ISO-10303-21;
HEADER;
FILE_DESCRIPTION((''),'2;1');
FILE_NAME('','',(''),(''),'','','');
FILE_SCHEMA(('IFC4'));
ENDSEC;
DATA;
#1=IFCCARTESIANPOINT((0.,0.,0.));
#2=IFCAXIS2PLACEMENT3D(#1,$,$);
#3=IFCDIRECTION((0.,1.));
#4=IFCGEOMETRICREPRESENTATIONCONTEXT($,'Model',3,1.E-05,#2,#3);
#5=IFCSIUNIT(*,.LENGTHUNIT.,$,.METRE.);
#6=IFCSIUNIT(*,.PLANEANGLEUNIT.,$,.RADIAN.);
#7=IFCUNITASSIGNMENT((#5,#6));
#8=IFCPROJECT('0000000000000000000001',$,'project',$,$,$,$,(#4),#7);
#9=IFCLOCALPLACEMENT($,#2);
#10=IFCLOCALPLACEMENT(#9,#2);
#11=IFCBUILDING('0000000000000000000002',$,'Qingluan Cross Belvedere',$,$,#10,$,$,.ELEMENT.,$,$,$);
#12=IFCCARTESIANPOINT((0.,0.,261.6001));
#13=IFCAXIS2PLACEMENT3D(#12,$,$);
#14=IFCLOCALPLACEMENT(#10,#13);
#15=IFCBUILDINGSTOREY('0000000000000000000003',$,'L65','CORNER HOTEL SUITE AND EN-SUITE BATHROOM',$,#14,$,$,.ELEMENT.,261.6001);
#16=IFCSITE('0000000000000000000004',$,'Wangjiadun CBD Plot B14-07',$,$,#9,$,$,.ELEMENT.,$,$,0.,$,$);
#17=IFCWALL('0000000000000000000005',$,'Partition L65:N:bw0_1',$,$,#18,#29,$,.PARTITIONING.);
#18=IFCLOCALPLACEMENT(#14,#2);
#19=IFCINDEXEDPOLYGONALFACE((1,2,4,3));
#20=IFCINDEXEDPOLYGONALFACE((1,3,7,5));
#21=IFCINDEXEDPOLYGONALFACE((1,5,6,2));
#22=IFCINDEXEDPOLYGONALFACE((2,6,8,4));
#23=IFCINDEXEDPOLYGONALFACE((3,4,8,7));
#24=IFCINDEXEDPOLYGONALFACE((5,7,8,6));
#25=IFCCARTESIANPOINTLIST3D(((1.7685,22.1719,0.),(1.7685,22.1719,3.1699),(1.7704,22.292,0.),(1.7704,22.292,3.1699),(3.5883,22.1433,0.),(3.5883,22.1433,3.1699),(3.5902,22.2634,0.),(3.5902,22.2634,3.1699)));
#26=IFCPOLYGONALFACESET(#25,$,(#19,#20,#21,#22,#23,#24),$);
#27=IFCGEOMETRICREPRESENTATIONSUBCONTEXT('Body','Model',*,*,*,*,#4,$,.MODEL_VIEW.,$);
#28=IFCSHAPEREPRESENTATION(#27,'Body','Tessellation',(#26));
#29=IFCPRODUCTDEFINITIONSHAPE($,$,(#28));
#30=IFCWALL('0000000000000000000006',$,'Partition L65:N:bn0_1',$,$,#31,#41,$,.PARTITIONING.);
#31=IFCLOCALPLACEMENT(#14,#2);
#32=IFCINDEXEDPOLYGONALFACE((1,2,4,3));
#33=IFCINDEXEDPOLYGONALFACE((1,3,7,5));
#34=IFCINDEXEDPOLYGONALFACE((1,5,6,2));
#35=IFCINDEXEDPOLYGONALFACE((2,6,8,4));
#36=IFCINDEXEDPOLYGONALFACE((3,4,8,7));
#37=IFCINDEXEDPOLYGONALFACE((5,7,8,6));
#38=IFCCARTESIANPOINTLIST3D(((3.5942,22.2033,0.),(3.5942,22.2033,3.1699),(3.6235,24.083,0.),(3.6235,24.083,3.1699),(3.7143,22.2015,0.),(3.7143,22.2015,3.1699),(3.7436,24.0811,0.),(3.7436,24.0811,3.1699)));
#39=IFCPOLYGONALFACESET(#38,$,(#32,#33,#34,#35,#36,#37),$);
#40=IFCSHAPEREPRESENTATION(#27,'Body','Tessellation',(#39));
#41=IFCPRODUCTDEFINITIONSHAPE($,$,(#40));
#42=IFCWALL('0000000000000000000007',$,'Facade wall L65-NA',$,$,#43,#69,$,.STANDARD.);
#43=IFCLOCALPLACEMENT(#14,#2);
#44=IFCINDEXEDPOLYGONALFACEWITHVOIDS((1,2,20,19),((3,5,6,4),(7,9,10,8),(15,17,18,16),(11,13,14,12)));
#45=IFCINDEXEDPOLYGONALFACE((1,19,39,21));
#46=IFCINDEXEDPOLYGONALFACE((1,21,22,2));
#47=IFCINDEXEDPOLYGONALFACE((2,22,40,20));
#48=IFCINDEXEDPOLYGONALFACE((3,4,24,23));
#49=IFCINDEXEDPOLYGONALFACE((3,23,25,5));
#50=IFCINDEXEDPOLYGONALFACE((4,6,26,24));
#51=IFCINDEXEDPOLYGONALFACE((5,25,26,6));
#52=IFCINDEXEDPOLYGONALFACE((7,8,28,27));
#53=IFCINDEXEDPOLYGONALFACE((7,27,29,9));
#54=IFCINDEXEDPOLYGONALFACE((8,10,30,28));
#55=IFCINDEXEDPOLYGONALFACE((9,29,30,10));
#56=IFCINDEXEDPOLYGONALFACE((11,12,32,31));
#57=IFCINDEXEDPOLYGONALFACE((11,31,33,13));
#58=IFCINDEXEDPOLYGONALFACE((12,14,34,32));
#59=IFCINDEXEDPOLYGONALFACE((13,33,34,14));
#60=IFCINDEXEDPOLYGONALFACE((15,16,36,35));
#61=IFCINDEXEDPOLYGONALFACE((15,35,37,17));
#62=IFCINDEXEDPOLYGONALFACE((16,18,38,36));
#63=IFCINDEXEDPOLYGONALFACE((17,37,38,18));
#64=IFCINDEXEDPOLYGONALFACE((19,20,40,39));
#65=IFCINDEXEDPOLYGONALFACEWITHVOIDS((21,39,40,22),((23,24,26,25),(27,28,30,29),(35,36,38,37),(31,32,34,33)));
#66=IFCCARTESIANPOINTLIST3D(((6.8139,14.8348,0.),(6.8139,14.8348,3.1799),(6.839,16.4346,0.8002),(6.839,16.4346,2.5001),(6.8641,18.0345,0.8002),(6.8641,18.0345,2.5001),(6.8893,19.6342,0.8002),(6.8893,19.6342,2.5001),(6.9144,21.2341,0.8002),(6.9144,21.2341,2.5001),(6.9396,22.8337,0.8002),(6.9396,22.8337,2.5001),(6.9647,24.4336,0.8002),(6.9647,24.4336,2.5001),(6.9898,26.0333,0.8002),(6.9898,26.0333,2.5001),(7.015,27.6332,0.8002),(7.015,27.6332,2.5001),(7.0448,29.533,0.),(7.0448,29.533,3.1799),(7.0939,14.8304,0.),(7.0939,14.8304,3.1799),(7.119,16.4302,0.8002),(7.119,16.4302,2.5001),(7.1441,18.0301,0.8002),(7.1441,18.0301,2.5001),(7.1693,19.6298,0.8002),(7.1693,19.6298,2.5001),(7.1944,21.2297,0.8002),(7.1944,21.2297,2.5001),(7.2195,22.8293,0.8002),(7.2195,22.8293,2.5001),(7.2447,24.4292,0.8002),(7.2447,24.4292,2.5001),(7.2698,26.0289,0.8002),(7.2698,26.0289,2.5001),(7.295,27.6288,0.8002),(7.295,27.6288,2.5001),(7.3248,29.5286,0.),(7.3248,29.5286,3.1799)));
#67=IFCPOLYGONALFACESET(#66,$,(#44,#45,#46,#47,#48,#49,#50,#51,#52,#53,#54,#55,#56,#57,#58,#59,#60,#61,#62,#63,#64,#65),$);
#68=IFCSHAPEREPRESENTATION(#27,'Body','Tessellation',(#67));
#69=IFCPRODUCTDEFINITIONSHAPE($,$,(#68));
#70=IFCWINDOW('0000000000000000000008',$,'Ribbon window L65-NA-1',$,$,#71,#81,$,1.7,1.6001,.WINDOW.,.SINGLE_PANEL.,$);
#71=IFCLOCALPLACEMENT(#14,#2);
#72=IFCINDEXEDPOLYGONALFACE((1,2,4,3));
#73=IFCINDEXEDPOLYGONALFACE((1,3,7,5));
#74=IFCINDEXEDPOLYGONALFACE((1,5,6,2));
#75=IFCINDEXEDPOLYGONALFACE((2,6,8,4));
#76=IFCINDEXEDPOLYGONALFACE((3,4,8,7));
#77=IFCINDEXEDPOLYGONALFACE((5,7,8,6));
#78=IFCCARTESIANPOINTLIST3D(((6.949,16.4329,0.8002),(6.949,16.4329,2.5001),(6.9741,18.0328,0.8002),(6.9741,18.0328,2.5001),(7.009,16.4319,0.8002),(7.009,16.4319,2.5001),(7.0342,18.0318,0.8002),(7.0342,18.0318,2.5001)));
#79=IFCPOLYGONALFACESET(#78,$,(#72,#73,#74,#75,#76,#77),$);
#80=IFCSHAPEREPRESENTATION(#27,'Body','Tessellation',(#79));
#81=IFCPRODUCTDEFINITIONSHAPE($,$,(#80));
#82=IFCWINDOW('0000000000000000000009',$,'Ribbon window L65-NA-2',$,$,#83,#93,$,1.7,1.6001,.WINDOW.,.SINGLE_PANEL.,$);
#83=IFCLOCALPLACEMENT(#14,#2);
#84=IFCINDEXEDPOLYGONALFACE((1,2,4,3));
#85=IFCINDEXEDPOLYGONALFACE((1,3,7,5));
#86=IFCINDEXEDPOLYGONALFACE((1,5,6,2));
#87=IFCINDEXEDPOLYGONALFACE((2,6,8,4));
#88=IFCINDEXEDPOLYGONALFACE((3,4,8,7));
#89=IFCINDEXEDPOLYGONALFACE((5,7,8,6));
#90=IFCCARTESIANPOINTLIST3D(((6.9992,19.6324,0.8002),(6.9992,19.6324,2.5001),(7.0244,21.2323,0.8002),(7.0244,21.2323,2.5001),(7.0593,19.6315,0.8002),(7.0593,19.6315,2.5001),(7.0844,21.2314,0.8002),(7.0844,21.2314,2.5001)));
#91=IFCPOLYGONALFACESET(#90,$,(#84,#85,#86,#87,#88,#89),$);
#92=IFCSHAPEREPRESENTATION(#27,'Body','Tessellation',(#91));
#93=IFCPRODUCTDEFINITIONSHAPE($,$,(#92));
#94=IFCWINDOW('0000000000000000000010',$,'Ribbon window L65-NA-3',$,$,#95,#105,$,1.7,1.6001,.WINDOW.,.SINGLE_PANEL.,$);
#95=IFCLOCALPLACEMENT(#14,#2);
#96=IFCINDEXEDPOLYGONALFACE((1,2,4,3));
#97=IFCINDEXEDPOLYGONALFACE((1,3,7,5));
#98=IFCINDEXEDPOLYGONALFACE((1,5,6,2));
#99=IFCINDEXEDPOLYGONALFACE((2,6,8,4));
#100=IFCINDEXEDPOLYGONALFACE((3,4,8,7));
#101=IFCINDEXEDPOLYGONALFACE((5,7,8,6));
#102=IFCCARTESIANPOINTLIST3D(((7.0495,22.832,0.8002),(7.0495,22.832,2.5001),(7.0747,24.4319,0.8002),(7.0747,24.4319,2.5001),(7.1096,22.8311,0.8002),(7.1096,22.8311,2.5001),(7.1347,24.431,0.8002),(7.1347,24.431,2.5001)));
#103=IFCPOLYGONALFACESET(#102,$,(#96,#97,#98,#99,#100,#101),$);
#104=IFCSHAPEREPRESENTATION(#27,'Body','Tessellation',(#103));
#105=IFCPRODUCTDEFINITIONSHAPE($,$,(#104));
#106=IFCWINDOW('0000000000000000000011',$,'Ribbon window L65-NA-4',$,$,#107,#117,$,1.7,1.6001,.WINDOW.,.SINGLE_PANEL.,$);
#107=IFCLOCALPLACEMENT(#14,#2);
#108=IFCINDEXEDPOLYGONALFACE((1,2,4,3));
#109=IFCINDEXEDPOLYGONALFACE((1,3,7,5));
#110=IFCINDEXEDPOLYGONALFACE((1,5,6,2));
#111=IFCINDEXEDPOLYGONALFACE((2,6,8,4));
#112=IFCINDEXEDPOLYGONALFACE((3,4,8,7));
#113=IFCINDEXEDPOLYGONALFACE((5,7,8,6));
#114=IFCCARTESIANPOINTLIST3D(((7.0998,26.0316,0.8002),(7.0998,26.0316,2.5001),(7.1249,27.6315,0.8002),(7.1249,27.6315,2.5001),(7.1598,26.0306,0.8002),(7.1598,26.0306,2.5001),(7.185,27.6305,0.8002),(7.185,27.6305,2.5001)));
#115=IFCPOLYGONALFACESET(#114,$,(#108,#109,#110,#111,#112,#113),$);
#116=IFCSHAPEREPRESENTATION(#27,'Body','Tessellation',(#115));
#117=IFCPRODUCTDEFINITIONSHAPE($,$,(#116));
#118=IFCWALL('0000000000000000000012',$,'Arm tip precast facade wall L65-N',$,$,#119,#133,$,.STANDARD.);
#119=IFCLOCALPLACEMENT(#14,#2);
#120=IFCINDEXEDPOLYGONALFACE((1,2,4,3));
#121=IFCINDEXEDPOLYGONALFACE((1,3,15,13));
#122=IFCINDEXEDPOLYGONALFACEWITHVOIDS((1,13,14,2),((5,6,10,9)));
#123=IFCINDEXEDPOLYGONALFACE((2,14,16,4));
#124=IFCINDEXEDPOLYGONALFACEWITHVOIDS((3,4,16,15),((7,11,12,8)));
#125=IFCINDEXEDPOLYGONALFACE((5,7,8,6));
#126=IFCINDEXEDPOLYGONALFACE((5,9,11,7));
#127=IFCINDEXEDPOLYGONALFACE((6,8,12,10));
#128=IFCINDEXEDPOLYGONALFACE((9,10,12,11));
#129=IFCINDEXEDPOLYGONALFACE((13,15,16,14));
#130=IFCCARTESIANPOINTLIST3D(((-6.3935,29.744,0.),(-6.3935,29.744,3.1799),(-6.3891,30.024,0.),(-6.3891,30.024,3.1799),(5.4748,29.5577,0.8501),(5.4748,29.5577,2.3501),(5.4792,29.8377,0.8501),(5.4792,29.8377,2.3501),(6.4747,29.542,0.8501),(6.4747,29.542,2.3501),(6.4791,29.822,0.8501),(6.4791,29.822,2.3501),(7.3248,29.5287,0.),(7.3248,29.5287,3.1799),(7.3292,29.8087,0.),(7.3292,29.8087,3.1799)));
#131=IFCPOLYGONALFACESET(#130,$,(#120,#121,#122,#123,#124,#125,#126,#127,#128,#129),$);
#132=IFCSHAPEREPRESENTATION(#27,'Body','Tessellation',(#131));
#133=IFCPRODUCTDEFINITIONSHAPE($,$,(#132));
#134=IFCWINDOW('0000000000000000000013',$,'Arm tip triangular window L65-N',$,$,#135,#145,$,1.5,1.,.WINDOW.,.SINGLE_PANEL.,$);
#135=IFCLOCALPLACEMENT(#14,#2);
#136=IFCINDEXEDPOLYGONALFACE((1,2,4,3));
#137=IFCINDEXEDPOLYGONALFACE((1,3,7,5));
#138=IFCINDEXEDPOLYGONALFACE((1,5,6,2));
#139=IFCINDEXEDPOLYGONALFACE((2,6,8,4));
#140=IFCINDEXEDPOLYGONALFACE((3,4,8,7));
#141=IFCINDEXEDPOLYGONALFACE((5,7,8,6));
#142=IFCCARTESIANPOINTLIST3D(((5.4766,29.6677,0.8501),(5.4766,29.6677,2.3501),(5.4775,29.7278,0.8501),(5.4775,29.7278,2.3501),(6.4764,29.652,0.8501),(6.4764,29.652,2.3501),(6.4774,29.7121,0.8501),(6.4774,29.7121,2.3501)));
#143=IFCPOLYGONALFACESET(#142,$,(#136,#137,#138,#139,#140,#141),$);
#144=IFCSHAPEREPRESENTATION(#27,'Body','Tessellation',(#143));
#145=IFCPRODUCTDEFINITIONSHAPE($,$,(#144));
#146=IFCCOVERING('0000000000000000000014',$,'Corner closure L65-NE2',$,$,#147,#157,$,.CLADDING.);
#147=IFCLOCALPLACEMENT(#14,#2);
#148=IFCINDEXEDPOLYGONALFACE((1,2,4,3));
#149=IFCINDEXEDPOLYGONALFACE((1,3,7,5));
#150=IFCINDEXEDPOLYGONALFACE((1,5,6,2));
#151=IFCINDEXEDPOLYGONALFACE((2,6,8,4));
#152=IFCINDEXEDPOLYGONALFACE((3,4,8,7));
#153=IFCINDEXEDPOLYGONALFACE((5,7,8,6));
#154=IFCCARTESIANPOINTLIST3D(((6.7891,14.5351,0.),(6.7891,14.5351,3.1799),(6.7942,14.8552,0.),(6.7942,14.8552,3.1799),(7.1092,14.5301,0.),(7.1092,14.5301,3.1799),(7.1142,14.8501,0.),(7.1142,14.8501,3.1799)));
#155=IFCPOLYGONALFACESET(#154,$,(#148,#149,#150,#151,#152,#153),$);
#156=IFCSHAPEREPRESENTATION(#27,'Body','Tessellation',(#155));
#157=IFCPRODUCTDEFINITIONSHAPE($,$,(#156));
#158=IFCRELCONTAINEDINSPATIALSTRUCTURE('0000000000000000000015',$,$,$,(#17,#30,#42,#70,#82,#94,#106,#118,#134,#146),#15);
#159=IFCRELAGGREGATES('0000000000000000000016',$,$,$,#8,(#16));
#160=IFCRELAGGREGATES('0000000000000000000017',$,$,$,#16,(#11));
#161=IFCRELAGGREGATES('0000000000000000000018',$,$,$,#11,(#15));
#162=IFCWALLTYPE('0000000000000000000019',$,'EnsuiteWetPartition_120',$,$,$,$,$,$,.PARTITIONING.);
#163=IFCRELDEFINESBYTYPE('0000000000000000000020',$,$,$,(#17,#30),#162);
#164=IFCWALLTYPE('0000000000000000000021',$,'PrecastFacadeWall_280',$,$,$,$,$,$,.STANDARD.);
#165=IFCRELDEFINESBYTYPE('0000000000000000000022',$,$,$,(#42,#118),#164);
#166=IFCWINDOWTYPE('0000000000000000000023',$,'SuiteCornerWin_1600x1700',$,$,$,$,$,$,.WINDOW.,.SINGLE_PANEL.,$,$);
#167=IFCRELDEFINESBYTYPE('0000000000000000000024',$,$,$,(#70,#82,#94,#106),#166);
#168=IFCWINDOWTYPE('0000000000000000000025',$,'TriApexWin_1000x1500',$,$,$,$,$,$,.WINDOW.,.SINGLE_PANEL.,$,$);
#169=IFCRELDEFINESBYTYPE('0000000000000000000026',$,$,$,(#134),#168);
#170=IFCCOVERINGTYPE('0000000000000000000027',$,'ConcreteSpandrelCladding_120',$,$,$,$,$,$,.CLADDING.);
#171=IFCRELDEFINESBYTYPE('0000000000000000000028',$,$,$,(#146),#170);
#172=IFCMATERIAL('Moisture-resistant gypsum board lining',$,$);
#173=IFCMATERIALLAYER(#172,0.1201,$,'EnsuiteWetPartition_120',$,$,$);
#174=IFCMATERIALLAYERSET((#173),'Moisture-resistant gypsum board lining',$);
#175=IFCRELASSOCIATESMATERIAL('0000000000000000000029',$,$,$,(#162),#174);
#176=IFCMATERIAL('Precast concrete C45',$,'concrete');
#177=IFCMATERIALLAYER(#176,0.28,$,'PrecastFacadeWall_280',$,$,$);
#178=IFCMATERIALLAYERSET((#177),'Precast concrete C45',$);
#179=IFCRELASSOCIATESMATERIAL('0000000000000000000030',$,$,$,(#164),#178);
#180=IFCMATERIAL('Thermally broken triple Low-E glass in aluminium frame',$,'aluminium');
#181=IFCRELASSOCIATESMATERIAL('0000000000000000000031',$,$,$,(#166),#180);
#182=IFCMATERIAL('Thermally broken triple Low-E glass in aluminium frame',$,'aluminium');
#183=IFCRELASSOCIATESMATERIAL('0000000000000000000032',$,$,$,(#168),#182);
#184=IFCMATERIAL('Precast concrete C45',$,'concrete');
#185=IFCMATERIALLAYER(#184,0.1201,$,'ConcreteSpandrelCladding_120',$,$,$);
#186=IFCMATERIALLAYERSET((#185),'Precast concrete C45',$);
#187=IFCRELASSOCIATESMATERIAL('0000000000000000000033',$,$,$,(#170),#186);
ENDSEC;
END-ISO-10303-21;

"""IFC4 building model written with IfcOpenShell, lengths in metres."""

from ifc_helpers import new_model, si_unit, direction, frame, frame_2d, origin, origin_2d, place, context, subcontext, project, spatial, rectangle, extrude, material, layer, layer_set, type_object, element, fill, save


model = new_model("IFC4")

# Units and contexts
model_context = context("Model", 3, precision=1e-05, world=origin(), true_north=direction((0.0, 1.0)))
body_context = subcontext(model_context, "Body", "Model", "MODEL_VIEW")
ifc_project = project(units=[si_unit("LENGTHUNIT", "METRE"), si_unit("PLANEANGLEUNIT", "RADIAN")], contexts=[model_context])

# Site, building, storey
site_placement = place(None, origin())
site = spatial("IfcSite", under=ifc_project, at=site_placement, Name="Wangjiadun CBD Plot B14-07", CompositionType="ELEMENT", RefElevation=0.0)
building_placement = place(site_placement, origin())
building = spatial("IfcBuilding", under=site, at=building_placement, Name="Qingluan Cross Belvedere", CompositionType="ELEMENT")
storey_placement = place(building_placement, frame((0.0, 0.0, 261.6001)))
storey = spatial("IfcBuildingStorey", under=building, at=storey_placement, Name="L65", Description="CORNER HOTEL SUITE AND EN-SUITE BATHROOM", CompositionType="ELEMENT", Elevation=261.6001)

# Shared definitions
ifc_material_1 = material(Name="Moisture-resistant gypsum board lining")
ifc_layer_1 = layer(ifc_material_1, 0.1201, Name="EnsuiteWetPartition_120")
ifc_layer_set_1 = layer_set([ifc_layer_1], Name="Moisture-resistant gypsum board lining")
wall_type_1 = type_object("IfcWallType", Name="EnsuiteWetPartition_120", PredefinedType="PARTITIONING", material=ifc_layer_set_1)

# Walls
wall_1_placement = place(storey_placement, frame((1.7693, 22.2319, 0.0), z_axis=(0.0, 0.0, 1.0), x_axis=(0.999877, -0.015694, 0.0)))
element("IfcWall", 1, at=wall_1_placement, inside=storey, type_object=wall_type_1, Name="Partition L65:N:bw0_1", PredefinedType="PARTITIONING", context=body_context, shape_type="SweptSolid", body=[
    extrude(rectangle(XDim=1.8201, YDim=0.1201, at=frame_2d((0.9102, 0.0))), origin(), (0.0, 0.0, 1.0), 3.1699),
])
wall_2_placement = place(storey_placement, frame((3.6543, 22.2024, 0.0), z_axis=(0.0, 0.0, 1.0), x_axis=(0.015585, 0.999879, 0.0)))
element("IfcWall", 2, at=wall_2_placement, inside=storey, type_object=wall_type_1, Name="Partition L65:N:bn0_1", PredefinedType="PARTITIONING", context=body_context, shape_type="SweptSolid", body=[
    extrude(rectangle(XDim=1.8799, YDim=0.1201, at=frame_2d((0.9399, 0.0))), origin(), (0.0, 0.0, 1.0), 3.1699),
])

# Wall, openings, windows
ifc_material_2 = material(Name="Precast concrete C45", Category="concrete")
ifc_layer_2 = layer(ifc_material_2, 0.28, Name="PrecastFacadeWall_280")
ifc_layer_set_2 = layer_set([ifc_layer_2], Name="Precast concrete C45")
wall_type_2 = type_object("IfcWallType", Name="PrecastFacadeWall_280", PredefinedType="STANDARD", material=ifc_layer_set_2)
wall_3_placement = place(storey_placement, frame((6.9539, 14.8325, 0.0), z_axis=(0.0, 0.0, 1.0), x_axis=(0.015711, 0.999877, 0.0)))
wall_3 = element("IfcWall", 3, at=wall_3_placement, inside=storey, type_object=wall_type_2, Name="Facade wall L65-NA", PredefinedType="STANDARD", context=body_context, shape_type="SweptSolid", body=[
    extrude(rectangle(XDim=14.7, YDim=0.28, at=frame_2d((7.3501, 0.0))), origin(), (0.0, 0.0, 1.0), 3.1799),
])
opening_1_placement = place(wall_3_placement, frame((1.6001, 0.0, 0.8)))
opening_1 = element("IfcOpeningElement", 4, at=opening_1_placement, cuts=wall_3, PredefinedType="OPENING", context=body_context, shape_type="SweptSolid", body=[
    extrude(rectangle(XDim=1.6001, YDim=1.7, at=frame_2d((0.8, 0.8501))), frame((0.0, 0.1499, 0.0), z_axis=(0.0, -1.0, 0.0), x_axis=(1.0, 0.0, 0.0)), (0.0, 0.0, 1.0), 0.3),
])
opening_2_placement = place(wall_3_placement, frame((4.8, 0.0, 0.8)))
opening_2 = element("IfcOpeningElement", 5, at=opening_2_placement, cuts=wall_3, PredefinedType="OPENING", context=body_context, shape_type="SweptSolid", body=[
    extrude(rectangle(XDim=1.6001, YDim=1.7, at=frame_2d((0.8, 0.8501))), frame((0.0, 0.1499, 0.0), z_axis=(0.0, -1.0, 0.0), x_axis=(1.0, 0.0, 0.0)), (0.0, 0.0, 1.0), 0.3),
])
opening_3_placement = place(wall_3_placement, frame((8.0, 0.0, 0.8)))
opening_3 = element("IfcOpeningElement", 6, at=opening_3_placement, cuts=wall_3, PredefinedType="OPENING", context=body_context, shape_type="SweptSolid", body=[
    extrude(rectangle(XDim=1.6001, YDim=1.7, at=frame_2d((0.8, 0.8501))), frame((0.0, 0.1499, 0.0), z_axis=(0.0, -1.0, 0.0), x_axis=(1.0, 0.0, 0.0)), (0.0, 0.0, 1.0), 0.3),
])
opening_4_placement = place(wall_3_placement, frame((11.2, 0.0, 0.8)))
opening_4 = element("IfcOpeningElement", 7, at=opening_4_placement, cuts=wall_3, PredefinedType="OPENING", context=body_context, shape_type="SweptSolid", body=[
    extrude(rectangle(XDim=1.6001, YDim=1.7, at=frame_2d((0.8, 0.8501))), frame((0.0, 0.1499, 0.0), z_axis=(0.0, -1.0, 0.0), x_axis=(1.0, 0.0, 0.0)), (0.0, 0.0, 1.0), 0.3),
])
ifc_material_3 = material(Name="Thermally broken triple Low-E glass in aluminium frame", Category="aluminium")
window_type_1 = type_object("IfcWindowType", Name="SuiteCornerWin_1600x1700", PartitioningType="SINGLE_PANEL", PredefinedType="WINDOW", material=ifc_material_3)
window_1_placement = place(opening_1_placement, origin())
window_1 = element("IfcWindow", 8, at=window_1_placement, inside=storey, type_object=window_type_1, Name="Ribbon window L65-NA-1", OverallHeight=1.7, OverallWidth=1.6001, PartitioningType="SINGLE_PANEL", PredefinedType="WINDOW", context=body_context, shape_type="SweptSolid", body=[
    extrude(rectangle(XDim=1.6001, YDim=1.7, at=frame_2d((0.8, 0.8501))), frame((0.0, 0.03, 0.0), z_axis=(0.0, -1.0, 0.0), x_axis=(1.0, 0.0, 0.0)), (0.0, 0.0, 1.0), 0.0601),
])
fill(opening_1, window_1)
window_2_placement = place(opening_2_placement, origin())
window_2 = element("IfcWindow", 9, at=window_2_placement, inside=storey, type_object=window_type_1, Name="Ribbon window L65-NA-2", OverallHeight=1.7, OverallWidth=1.6001, PartitioningType="SINGLE_PANEL", PredefinedType="WINDOW", context=body_context, shape_type="SweptSolid", body=[
    extrude(rectangle(XDim=1.6001, YDim=1.7, at=frame_2d((0.8, 0.8501))), frame((0.0, 0.03, 0.0), z_axis=(0.0, -1.0, 0.0), x_axis=(1.0, 0.0, 0.0)), (0.0, 0.0, 1.0), 0.0601),
])
fill(opening_2, window_2)
window_3_placement = place(opening_3_placement, origin())
window_3 = element("IfcWindow", 10, at=window_3_placement, inside=storey, type_object=window_type_1, Name="Ribbon window L65-NA-3", OverallHeight=1.7, OverallWidth=1.6001, PartitioningType="SINGLE_PANEL", PredefinedType="WINDOW", context=body_context, shape_type="SweptSolid", body=[
    extrude(rectangle(XDim=1.6001, YDim=1.7, at=frame_2d((0.8, 0.8501))), frame((0.0, 0.03, 0.0), z_axis=(0.0, -1.0, 0.0), x_axis=(1.0, 0.0, 0.0)), (0.0, 0.0, 1.0), 0.0601),
])
fill(opening_3, window_3)
window_4_placement = place(opening_4_placement, origin())
window_4 = element("IfcWindow", 11, at=window_4_placement, inside=storey, type_object=window_type_1, Name="Ribbon window L65-NA-4", OverallHeight=1.7, OverallWidth=1.6001, PartitioningType="SINGLE_PANEL", PredefinedType="WINDOW", context=body_context, shape_type="SweptSolid", body=[
    extrude(rectangle(XDim=1.6001, YDim=1.7, at=frame_2d((0.8, 0.8501))), frame((0.0, 0.03, 0.0), z_axis=(0.0, -1.0, 0.0), x_axis=(1.0, 0.0, 0.0)), (0.0, 0.0, 1.0), 0.0601),
])
fill(opening_4, window_4)

# Wall, opening, window
wall_4_placement = place(storey_placement, frame((7.3269, 29.6687, 0.0), z_axis=(0.0, 0.0, 1.0), x_axis=(-0.999877, 0.015695, 0.0)))
wall_4 = element("IfcWall", 12, at=wall_4_placement, inside=storey, type_object=wall_type_2, Name="Arm tip precast facade wall L65-N", PredefinedType="STANDARD", context=body_context, shape_type="SweptSolid", body=[
    extrude(rectangle(XDim=13.72, YDim=0.28, at=frame_2d((6.8599, 0.0))), origin(), (0.0, 0.0, 1.0), 3.1799),
])
opening_5_placement = place(wall_4_placement, frame((0.8501, 0.0, 0.8501)))
opening_5 = element("IfcOpeningElement", 13, at=opening_5_placement, cuts=wall_4, PredefinedType="OPENING", context=body_context, shape_type="SweptSolid", body=[
    extrude(rectangle(XDim=1.0, YDim=1.5, at=frame_2d((0.5, 0.75))), frame((0.0, 0.1499, 0.0), z_axis=(0.0, -1.0, 0.0), x_axis=(1.0, 0.0, 0.0)), (0.0, 0.0, 1.0), 0.3),
])
ifc_material_4 = material(Name="Thermally broken triple Low-E glass in aluminium frame", Category="aluminium")
window_type_2 = type_object("IfcWindowType", Name="TriApexWin_1000x1500", PartitioningType="SINGLE_PANEL", PredefinedType="WINDOW", material=ifc_material_4)
window_5_placement = place(opening_5_placement, origin())
window_5 = element("IfcWindow", 14, at=window_5_placement, inside=storey, type_object=window_type_2, Name="Arm tip triangular window L65-N", OverallHeight=1.5, OverallWidth=1.0, PartitioningType="SINGLE_PANEL", PredefinedType="WINDOW", context=body_context, shape_type="SweptSolid", body=[
    extrude(rectangle(XDim=1.0, YDim=1.5, at=frame_2d((0.5, 0.75))), frame((0.0, 0.03, 0.0), z_axis=(0.0, -1.0, 0.0), x_axis=(1.0, 0.0, 0.0)), (0.0, 0.0, 1.0), 0.0601),
])
fill(opening_5, window_5)

# Covering
ifc_material_5 = material(Name="Precast concrete C45", Category="concrete")
ifc_layer_3 = layer(ifc_material_5, 0.1201, Name="ConcreteSpandrelCladding_120")
ifc_layer_set_3 = layer_set([ifc_layer_3], Name="Precast concrete C45")
covering_type = type_object("IfcCoveringType", Name="ConcreteSpandrelCladding_120", PredefinedType="CLADDING", material=ifc_layer_set_3)
covering_placement = place(storey_placement, frame((6.9517, 14.6926, 0.0), z_axis=(0.0, 0.0, 1.0), x_axis=(0.999877, -0.015707, 0.0)))
element("IfcCovering", 15, at=covering_placement, inside=storey, type_object=covering_type, Name="Corner closure L65-NE2", PredefinedType="CLADDING", context=body_context, shape_type="SweptSolid", body=[
    extrude(rectangle(XDim=0.3201, YDim=0.3201, at=origin_2d()), origin(), (0.0, 0.0, 1.0), 3.1799),
])

save(model, "model.ifc")
